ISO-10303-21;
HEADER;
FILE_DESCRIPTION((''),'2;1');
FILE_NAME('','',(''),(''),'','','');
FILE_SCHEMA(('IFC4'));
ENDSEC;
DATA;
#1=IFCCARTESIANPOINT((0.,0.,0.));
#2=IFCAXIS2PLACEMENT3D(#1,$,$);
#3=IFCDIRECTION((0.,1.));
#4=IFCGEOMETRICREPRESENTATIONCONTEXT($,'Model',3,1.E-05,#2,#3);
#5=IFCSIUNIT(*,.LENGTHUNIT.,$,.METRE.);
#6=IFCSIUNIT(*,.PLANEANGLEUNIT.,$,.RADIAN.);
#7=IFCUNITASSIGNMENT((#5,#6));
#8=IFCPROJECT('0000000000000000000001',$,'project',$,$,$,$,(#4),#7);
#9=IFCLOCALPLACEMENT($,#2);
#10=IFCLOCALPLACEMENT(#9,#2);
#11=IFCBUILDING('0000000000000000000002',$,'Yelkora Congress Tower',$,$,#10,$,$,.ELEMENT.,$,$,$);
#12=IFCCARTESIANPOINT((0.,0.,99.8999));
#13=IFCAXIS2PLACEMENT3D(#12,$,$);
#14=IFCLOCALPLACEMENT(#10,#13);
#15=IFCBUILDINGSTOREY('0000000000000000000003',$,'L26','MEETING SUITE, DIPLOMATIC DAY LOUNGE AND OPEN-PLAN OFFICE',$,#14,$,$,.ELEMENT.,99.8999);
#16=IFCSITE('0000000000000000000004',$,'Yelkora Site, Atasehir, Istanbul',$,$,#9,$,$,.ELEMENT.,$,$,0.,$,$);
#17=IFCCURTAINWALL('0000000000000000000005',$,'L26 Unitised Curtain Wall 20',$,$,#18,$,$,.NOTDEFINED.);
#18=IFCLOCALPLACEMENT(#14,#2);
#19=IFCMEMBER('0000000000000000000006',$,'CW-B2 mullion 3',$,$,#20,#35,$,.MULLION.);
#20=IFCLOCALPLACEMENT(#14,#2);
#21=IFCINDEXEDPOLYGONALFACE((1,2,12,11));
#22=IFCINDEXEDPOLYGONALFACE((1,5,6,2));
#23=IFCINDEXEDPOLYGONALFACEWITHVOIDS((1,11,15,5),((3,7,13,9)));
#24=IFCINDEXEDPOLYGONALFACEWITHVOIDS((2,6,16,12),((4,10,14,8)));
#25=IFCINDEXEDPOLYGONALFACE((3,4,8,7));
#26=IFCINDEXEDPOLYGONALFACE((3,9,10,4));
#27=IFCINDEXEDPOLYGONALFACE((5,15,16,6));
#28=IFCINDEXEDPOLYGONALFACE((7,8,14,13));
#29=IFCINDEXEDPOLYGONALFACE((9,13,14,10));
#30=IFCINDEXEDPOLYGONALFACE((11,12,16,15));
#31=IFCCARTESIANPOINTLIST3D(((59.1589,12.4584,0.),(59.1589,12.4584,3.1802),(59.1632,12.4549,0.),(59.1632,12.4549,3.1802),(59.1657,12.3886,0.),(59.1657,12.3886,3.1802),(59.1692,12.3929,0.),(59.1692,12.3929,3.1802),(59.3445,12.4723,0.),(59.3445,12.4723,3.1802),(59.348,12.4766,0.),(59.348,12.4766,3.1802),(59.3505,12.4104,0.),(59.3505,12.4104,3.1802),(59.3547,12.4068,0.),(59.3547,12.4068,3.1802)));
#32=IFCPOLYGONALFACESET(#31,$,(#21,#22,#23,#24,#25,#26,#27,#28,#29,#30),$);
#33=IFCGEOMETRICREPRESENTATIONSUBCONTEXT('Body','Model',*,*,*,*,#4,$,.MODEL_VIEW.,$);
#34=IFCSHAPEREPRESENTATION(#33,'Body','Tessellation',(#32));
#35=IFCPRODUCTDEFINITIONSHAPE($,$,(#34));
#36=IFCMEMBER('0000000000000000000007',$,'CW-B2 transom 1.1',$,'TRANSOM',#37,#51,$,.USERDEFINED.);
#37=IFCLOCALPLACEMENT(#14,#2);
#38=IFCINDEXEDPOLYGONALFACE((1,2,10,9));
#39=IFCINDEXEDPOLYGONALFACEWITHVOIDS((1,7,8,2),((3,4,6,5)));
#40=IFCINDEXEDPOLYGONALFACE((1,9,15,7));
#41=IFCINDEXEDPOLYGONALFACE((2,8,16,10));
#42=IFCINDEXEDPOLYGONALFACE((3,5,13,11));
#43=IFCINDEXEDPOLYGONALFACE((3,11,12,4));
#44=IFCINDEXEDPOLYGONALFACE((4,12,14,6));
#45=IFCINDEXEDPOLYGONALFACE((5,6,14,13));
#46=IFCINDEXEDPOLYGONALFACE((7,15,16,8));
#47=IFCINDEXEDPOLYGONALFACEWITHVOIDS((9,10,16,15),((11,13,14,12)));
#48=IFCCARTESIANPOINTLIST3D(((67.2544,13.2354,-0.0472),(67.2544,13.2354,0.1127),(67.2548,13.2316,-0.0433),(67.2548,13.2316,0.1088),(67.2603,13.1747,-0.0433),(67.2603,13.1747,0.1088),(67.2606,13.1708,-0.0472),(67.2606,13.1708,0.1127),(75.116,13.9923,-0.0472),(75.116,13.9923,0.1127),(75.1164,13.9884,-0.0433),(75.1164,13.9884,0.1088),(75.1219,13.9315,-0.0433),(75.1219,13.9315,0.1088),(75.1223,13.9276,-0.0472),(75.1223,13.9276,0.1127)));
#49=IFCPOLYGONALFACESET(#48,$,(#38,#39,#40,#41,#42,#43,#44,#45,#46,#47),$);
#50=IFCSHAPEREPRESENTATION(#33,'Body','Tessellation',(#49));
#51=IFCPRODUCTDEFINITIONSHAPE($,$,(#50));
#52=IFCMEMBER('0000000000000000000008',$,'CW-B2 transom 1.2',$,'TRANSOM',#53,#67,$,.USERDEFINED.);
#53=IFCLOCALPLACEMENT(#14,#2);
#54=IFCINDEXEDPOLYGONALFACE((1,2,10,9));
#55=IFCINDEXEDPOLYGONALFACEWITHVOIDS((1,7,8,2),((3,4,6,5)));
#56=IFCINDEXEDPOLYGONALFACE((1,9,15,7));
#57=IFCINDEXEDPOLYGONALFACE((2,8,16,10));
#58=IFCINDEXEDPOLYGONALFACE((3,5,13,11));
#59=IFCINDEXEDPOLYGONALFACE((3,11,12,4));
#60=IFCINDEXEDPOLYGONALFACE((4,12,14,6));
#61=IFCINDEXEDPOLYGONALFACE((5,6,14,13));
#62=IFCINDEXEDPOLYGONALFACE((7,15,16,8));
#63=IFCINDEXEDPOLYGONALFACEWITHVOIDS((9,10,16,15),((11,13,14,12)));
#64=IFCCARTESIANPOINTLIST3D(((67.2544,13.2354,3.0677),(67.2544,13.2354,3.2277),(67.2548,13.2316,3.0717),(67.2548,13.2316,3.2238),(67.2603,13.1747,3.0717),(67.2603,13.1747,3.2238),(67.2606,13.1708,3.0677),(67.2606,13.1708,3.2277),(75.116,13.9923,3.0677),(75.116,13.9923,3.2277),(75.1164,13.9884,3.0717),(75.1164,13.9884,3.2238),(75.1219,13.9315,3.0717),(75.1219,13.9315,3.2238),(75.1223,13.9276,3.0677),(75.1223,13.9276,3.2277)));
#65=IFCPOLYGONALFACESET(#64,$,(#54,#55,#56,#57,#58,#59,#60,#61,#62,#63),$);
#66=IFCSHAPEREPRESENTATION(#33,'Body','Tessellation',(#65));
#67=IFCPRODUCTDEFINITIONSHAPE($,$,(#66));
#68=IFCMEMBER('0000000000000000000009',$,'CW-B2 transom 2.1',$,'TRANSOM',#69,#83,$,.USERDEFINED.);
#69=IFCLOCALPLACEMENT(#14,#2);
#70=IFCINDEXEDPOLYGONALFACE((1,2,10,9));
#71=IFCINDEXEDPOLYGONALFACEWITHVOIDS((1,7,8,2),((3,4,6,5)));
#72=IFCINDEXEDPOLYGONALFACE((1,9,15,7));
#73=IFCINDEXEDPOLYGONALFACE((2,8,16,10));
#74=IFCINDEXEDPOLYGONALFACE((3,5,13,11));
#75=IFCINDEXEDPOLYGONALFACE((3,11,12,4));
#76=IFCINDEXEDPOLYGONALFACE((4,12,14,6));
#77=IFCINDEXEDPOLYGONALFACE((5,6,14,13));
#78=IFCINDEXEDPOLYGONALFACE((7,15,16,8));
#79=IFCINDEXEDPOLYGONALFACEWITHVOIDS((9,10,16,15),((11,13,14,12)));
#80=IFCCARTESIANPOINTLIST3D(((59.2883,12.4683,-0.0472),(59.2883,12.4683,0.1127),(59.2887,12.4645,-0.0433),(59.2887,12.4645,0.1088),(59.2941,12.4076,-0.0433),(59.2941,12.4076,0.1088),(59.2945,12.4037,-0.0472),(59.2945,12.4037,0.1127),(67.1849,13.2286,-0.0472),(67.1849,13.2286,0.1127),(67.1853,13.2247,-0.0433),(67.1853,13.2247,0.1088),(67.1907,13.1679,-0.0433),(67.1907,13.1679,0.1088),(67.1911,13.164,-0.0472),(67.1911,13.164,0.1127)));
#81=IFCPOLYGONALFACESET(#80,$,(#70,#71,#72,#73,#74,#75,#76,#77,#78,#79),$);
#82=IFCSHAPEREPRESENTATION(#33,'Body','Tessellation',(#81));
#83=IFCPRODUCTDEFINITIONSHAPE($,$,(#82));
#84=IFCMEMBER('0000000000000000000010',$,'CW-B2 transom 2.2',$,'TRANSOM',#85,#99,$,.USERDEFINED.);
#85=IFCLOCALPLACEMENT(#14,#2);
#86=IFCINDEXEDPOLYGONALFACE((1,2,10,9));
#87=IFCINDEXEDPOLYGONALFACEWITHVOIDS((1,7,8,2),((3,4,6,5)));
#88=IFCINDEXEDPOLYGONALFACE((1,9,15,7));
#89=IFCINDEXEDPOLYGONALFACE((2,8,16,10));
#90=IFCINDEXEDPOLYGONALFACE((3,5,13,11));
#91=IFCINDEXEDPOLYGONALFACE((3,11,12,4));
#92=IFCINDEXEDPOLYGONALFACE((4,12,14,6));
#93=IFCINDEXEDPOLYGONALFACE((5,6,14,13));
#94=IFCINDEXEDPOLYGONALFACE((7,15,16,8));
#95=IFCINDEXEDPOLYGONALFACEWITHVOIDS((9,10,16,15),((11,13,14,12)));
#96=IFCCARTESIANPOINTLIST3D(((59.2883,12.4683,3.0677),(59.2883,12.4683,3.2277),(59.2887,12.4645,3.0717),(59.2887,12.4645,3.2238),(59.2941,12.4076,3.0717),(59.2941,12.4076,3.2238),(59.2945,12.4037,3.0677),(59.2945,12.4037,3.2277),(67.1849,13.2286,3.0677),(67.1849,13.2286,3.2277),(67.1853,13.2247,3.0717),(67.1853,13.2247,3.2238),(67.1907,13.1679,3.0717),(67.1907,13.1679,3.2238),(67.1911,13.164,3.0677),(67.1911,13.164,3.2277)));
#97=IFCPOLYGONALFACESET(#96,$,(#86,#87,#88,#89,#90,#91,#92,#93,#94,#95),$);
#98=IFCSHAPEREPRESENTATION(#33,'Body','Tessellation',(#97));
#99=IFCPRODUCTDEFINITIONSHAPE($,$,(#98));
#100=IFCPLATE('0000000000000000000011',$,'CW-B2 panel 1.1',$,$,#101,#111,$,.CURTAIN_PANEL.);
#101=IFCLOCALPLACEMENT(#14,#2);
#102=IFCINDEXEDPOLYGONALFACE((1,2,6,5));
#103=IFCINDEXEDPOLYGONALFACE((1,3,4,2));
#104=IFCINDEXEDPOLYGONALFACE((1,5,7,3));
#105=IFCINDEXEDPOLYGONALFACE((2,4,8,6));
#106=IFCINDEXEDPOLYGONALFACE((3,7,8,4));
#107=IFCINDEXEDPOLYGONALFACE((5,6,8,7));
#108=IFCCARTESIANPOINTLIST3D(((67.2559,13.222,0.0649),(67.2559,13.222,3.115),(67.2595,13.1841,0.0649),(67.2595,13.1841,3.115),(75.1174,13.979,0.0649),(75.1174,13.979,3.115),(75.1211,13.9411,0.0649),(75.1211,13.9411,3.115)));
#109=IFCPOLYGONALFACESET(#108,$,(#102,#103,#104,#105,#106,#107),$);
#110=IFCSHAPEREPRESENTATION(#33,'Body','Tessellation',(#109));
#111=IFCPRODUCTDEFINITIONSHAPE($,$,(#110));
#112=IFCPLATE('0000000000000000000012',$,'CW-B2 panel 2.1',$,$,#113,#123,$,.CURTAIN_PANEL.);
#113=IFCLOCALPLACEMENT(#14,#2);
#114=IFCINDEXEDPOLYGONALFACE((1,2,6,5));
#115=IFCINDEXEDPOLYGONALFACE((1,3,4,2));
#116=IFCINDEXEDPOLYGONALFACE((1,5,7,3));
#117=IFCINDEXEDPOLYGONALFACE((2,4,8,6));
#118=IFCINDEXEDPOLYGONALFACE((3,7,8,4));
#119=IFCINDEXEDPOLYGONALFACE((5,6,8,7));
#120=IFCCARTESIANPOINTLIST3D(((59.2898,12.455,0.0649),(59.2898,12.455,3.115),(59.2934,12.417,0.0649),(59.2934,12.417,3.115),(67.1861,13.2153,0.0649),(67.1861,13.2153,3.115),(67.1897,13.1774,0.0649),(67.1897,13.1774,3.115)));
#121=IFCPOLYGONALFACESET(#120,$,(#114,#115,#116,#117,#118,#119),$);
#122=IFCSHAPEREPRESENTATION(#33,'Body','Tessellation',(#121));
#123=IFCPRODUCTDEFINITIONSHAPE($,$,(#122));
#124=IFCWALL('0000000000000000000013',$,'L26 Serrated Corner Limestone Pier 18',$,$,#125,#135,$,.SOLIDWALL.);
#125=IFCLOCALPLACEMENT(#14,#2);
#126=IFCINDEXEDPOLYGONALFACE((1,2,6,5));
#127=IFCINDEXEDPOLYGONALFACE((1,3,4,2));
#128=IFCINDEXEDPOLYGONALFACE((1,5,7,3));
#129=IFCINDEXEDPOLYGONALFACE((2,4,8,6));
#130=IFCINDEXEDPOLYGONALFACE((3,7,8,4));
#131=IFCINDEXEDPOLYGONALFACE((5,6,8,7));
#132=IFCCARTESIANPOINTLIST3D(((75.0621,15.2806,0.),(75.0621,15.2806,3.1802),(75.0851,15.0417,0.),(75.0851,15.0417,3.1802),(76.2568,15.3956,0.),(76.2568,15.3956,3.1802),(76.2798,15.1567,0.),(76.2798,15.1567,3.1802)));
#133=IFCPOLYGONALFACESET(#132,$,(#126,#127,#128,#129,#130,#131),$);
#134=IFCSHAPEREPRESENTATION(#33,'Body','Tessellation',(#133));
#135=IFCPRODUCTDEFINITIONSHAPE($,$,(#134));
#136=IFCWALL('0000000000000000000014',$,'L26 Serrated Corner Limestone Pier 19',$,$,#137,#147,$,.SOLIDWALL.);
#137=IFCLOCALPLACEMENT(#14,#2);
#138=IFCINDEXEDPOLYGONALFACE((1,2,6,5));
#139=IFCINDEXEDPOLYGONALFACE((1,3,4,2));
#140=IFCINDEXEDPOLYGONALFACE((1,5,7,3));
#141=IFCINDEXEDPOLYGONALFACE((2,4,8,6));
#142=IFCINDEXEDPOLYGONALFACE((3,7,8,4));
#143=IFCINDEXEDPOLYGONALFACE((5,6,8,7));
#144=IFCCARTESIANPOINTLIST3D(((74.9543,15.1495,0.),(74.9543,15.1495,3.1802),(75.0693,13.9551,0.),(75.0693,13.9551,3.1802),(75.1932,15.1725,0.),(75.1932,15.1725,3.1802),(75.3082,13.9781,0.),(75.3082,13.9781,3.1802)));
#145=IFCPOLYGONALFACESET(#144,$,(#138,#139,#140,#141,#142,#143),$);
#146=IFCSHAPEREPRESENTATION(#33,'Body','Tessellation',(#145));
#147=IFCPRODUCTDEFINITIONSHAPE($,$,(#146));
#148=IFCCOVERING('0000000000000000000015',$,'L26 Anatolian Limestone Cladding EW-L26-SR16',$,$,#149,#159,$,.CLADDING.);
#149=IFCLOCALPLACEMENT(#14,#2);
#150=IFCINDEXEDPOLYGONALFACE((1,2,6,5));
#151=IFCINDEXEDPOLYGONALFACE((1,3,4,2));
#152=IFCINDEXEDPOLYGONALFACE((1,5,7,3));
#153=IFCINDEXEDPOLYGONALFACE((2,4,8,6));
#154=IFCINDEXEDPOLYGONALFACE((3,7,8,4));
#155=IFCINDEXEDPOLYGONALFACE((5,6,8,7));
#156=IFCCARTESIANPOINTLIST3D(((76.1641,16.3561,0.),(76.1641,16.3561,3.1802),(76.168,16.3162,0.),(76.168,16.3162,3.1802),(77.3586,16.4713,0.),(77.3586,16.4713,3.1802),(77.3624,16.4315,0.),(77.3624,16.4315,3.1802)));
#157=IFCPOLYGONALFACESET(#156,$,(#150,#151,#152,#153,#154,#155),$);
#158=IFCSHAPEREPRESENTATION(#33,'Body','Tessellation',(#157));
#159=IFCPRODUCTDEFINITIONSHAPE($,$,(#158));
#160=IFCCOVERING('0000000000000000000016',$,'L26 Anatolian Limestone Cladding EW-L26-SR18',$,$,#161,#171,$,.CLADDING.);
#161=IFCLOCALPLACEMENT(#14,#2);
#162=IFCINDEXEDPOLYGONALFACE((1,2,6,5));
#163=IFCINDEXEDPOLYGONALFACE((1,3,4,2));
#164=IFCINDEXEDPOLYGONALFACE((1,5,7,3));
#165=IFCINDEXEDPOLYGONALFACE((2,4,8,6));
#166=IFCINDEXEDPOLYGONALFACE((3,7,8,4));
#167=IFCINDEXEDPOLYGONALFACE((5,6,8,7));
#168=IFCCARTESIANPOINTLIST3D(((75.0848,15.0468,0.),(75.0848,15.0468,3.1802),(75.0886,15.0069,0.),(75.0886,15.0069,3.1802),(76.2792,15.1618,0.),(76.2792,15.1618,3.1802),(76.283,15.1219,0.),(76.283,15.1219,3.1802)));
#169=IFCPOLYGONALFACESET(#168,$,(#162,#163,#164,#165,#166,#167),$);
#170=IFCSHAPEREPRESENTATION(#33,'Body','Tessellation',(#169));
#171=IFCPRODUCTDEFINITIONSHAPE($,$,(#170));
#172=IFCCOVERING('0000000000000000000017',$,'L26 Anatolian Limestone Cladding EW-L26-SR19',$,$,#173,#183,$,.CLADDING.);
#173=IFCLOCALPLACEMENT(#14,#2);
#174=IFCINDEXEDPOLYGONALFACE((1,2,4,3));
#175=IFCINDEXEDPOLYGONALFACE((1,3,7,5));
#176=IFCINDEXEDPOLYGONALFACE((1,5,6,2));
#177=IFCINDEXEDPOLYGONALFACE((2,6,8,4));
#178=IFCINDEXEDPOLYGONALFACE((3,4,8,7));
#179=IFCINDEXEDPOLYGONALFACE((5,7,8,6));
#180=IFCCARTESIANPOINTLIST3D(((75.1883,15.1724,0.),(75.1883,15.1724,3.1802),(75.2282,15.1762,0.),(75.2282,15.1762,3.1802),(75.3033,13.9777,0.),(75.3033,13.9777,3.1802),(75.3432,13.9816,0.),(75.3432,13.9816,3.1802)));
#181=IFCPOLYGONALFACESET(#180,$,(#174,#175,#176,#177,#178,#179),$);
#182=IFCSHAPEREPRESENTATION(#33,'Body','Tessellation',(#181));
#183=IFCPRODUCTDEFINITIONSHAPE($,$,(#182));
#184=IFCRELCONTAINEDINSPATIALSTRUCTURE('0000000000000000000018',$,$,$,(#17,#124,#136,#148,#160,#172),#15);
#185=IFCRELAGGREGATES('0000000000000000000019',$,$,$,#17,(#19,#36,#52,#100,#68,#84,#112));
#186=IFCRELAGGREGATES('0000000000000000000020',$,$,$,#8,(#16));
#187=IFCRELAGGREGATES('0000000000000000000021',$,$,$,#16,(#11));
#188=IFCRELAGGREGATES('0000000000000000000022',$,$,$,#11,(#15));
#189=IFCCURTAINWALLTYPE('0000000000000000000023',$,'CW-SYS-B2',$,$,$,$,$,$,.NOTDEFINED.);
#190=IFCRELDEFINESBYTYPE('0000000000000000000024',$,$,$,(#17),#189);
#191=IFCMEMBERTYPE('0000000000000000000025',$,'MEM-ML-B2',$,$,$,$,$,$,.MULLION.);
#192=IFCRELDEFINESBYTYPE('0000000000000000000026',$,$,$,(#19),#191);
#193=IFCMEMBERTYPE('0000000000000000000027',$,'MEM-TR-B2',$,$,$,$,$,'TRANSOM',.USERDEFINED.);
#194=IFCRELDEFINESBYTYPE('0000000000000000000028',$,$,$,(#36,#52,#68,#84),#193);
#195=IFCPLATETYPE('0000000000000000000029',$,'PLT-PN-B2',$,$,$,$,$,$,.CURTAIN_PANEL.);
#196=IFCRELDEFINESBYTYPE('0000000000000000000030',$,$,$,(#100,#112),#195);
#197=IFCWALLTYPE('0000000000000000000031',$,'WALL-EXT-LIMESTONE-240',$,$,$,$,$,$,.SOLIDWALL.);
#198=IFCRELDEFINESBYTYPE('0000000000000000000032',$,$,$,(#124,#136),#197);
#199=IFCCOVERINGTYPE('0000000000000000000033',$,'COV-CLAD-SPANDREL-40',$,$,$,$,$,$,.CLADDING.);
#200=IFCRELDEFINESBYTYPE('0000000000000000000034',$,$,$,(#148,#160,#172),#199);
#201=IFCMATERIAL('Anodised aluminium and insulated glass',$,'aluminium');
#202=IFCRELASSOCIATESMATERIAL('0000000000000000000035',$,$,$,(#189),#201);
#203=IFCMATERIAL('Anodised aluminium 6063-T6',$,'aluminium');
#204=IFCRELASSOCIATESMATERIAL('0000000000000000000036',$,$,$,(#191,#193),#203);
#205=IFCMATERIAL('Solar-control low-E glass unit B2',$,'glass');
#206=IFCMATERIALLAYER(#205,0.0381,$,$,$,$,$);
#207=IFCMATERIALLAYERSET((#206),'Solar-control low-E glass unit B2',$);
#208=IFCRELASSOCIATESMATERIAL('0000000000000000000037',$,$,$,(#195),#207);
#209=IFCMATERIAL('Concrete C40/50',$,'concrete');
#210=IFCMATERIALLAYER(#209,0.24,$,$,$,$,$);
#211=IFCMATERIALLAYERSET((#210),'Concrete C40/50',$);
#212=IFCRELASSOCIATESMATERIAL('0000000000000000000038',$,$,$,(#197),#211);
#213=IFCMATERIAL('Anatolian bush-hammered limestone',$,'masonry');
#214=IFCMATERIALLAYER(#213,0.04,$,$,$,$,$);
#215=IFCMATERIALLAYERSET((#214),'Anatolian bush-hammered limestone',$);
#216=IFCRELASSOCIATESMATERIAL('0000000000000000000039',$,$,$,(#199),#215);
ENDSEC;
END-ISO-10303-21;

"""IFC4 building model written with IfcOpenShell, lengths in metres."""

from ifc_helpers import new_model, si_unit, direction, frame, frame_2d, origin, origin_2d, place, context, subcontext, project, spatial, rectangle, hollow_rectangle, extrude, material, layer, layer_set, material_profile, profile_set, type_object, element, aggregate, save


model = new_model("IFC4")

# Units and contexts
model_context = context("Model", 3, precision=1e-05, world=origin(), true_north=direction((0.0, 1.0)))
body_context = subcontext(model_context, "Body", "Model", "MODEL_VIEW")
ifc_project = project(units=[si_unit("LENGTHUNIT", "METRE"), si_unit("PLANEANGLEUNIT", "RADIAN")], contexts=[model_context])

# Site, building, storey
site_placement = place(None, origin())
site = spatial("IfcSite", under=ifc_project, at=site_placement, Name="Yelkora Site, Atasehir, Istanbul", CompositionType="ELEMENT", RefElevation=0.0)
building_placement = place(site_placement, origin())
building = spatial("IfcBuilding", under=site, at=building_placement, Name="Yelkora Congress Tower", CompositionType="ELEMENT")
storey_placement = place(building_placement, frame((0.0, 0.0, 99.8999)))
storey = spatial("IfcBuildingStorey", under=building, at=storey_placement, Name="L26", Description="MEETING SUITE, DIPLOMATIC DAY LOUNGE AND OPEN-PLAN OFFICE", CompositionType="ELEMENT", Elevation=99.8999)

# Curtain wall, members, plates
ifc_material_1 = material(Name="Anodised aluminium and insulated glass", Category="aluminium")
curtain_wall_type = type_object("IfcCurtainWallType", Name="CW-SYS-B2", PredefinedType="NOTDEFINED", material=ifc_material_1)
curtain_wall_placement = place(storey_placement, origin())
curtain_wall = element("IfcCurtainWall", 1, at=curtain_wall_placement, inside=storey, type_object=curtain_wall_type, Name="L26 Unitised Curtain Wall 20", PredefinedType="NOTDEFINED")
ifc_material_2 = material(Name="Anodised aluminium 6063-T6", Category="aluminium")
ifc_material_profile_1 = material_profile(ifc_material_2, hollow_rectangle(XDim=0.0701, YDim=0.1899, WallThickness=0.0039, at=origin_2d()), Name="ALU 70x190x4")
ifc_profile_set_1 = profile_set([ifc_material_profile_1], Name="Anodised aluminium 6063-T6")
member_type_1 = type_object("IfcMemberType", Name="MEM-ML-B2", PredefinedType="MULLION", material=ifc_profile_set_1)
member_1_placement = place(storey_placement, frame((59.2568, 12.4326, 0.0), z_axis=(0.0, 0.0, 1.0), x_axis=(0.095844, -0.995396, 0.0)))
member_1 = element("IfcMember", 2, at=member_1_placement, type_object=member_type_1, Name="CW-B2 mullion 3", PredefinedType="MULLION", context=body_context, shape_type="SweptSolid", body=[
    extrude(hollow_rectangle(XDim=0.0701, YDim=0.1899, WallThickness=0.0039, at=origin_2d()), origin(), (0.0, 0.0, 1.0), 3.1802),
])
ifc_material_profile_2 = material_profile(ifc_material_2, hollow_rectangle(XDim=0.0649, YDim=0.1599, WallThickness=0.0039, at=origin_2d()), Name="ALU 65x160x4")
ifc_profile_set_2 = profile_set([ifc_material_profile_2], Name="Anodised aluminium 6063-T6")
member_type_2 = type_object("IfcMemberType", Name="MEM-TR-B2", ElementType="TRANSOM", PredefinedType="USERDEFINED", material=ifc_profile_set_2)
member_2_placement = place(storey_placement, frame((75.1191, 13.96, 0.0327), z_axis=(-0.995398, -0.095827, 0.0), x_axis=(0.095827, -0.995398, 0.0)))
member_2 = element("IfcMember", 3, at=member_2_placement, type_object=member_type_2, Name="CW-B2 transom 1.1", ObjectType="TRANSOM", PredefinedType="USERDEFINED", context=body_context, shape_type="SweptSolid", body=[
    extrude(hollow_rectangle(XDim=0.0649, YDim=0.1599, WallThickness=0.0039, at=origin_2d()), origin(), (0.0, 0.0, 1.0), 7.8979),
])
member_3_placement = place(storey_placement, frame((75.1191, 13.96, 3.1477), z_axis=(-0.995398, -0.095827, 0.0), x_axis=(0.095827, -0.995398, 0.0)))
member_3 = element("IfcMember", 4, at=member_3_placement, type_object=member_type_2, Name="CW-B2 transom 1.2", ObjectType="TRANSOM", PredefinedType="USERDEFINED", context=body_context, shape_type="SweptSolid", body=[
    extrude(hollow_rectangle(XDim=0.0649, YDim=0.1599, WallThickness=0.0039, at=origin_2d()), origin(), (0.0, 0.0, 1.0), 7.8979),
])
member_4_placement = place(storey_placement, frame((67.188, 13.1963, 0.0327), z_axis=(-0.995397, -0.095834, 0.0), x_axis=(0.095834, -0.995397, 0.0)))
member_4 = element("IfcMember", 5, at=member_4_placement, type_object=member_type_2, Name="CW-B2 transom 2.1", ObjectType="TRANSOM", PredefinedType="USERDEFINED", context=body_context, shape_type="SweptSolid", body=[
    extrude(hollow_rectangle(XDim=0.0649, YDim=0.1599, WallThickness=0.0039, at=origin_2d()), origin(), (0.0, 0.0, 1.0), 7.9331),
])
member_5_placement = place(storey_placement, frame((67.188, 13.1963, 3.1477), z_axis=(-0.995397, -0.095834, 0.0), x_axis=(0.095834, -0.995397, 0.0)))
member_5 = element("IfcMember", 6, at=member_5_placement, type_object=member_type_2, Name="CW-B2 transom 2.2", ObjectType="TRANSOM", PredefinedType="USERDEFINED", context=body_context, shape_type="SweptSolid", body=[
    extrude(hollow_rectangle(XDim=0.0649, YDim=0.1599, WallThickness=0.0039, at=origin_2d()), origin(), (0.0, 0.0, 1.0), 7.9331),
])
ifc_material_3 = material(Name="Solar-control low-E glass unit B2", Category="glass")
ifc_layer_1 = layer(ifc_material_3, 0.0381)
ifc_layer_set_1 = layer_set([ifc_layer_1], Name="Solar-control low-E glass unit B2")
plate_type = type_object("IfcPlateType", Name="PLT-PN-B2", PredefinedType="CURTAIN_PANEL", material=ifc_layer_set_1)
plate_1_placement = place(storey_placement, frame((71.1885, 13.5815, 0.0649), z_axis=(0.0, 0.0, 1.0), x_axis=(-0.995396, -0.095844, 0.0)))
plate_1 = element("IfcPlate", 7, at=plate_1_placement, type_object=plate_type, Name="CW-B2 panel 1.1", PredefinedType="CURTAIN_PANEL", context=body_context, shape_type="SweptSolid", body=[
    extrude(rectangle(XDim=7.8979, YDim=0.0381, at=origin_2d()), origin(), (0.0, 0.0, 1.0), 3.05),
])
plate_2_placement = place(storey_placement, frame((63.2397, 12.8162, 0.0649), z_axis=(0.0, 0.0, 1.0), x_axis=(-0.995396, -0.095844, 0.0)))
plate_2 = element("IfcPlate", 8, at=plate_2_placement, type_object=plate_type, Name="CW-B2 panel 2.1", PredefinedType="CURTAIN_PANEL", context=body_context, shape_type="SweptSolid", body=[
    extrude(rectangle(XDim=7.9329, YDim=0.0381, at=origin_2d()), origin(), (0.0, 0.0, 1.0), 3.05),
])
aggregate(curtain_wall, [member_1, member_2, member_3, plate_1, member_4, member_5, plate_2])

# Walls
ifc_material_4 = material(Name="Concrete C40/50", Category="concrete")
ifc_layer_2 = layer(ifc_material_4, 0.24)
ifc_layer_set_2 = layer_set([ifc_layer_2], Name="Concrete C40/50")
wall_type = type_object("IfcWallType", Name="WALL-EXT-LIMESTONE-240", PredefinedType="SOLIDWALL", material=ifc_layer_set_2)
wall_1_placement = place(storey_placement, frame((76.2683, 15.2761, 0.0), z_axis=(0.0, 0.0, 1.0), x_axis=(-0.995399, -0.095817, 0.0)))
element("IfcWall", 9, at=wall_1_placement, inside=storey, type_object=wall_type, Name="L26 Serrated Corner Limestone Pier 18", PredefinedType="SOLIDWALL", context=body_context, shape_type="SweptSolid", body=[
    extrude(rectangle(XDim=1.2002, YDim=0.24, at=frame_2d((0.6001, 0.0))), origin(), (0.0, 0.0, 1.0), 3.1802),
])
wall_2_placement = place(storey_placement, frame((75.0737, 15.1611, 0.0), z_axis=(0.0, 0.0, 1.0), x_axis=(0.095836, -0.995397, 0.0)))
element("IfcWall", 10, at=wall_2_placement, inside=storey, type_object=wall_type, Name="L26 Serrated Corner Limestone Pier 19", PredefinedType="SOLIDWALL", context=body_context, shape_type="SweptSolid", body=[
    extrude(rectangle(XDim=1.2, YDim=0.24, at=frame_2d((0.6001, 0.0))), origin(), (0.0, 0.0, 1.0), 3.1802),
])

# Coverings
ifc_material_5 = material(Name="Anatolian bush-hammered limestone", Category="masonry")
ifc_layer_3 = layer(ifc_material_5, 0.04)
ifc_layer_set_3 = layer_set([ifc_layer_3], Name="Anatolian bush-hammered limestone")
covering_type = type_object("IfcCoveringType", Name="COV-CLAD-SPANDREL-40", PredefinedType="CLADDING", material=ifc_layer_set_3)
for number, where, z_axis, x_axis, name in (
    (11, (77.3606, 16.4514, 0.0), (0.0, 0.0, 1.0), (-0.995378, -0.096038, 0.0), "L26 Anatolian Limestone Cladding EW-L26-SR16"),
    (12, (76.2812, 15.1418, 0.0), (0.0, 0.0, 1.0), (-0.995397, -0.095836, 0.0), "L26 Anatolian Limestone Cladding EW-L26-SR18"),
):
    element("IfcCovering", number, at=place(storey_placement, frame(where, z_axis=z_axis, x_axis=x_axis)), inside=storey, type_object=covering_type, Name=name, PredefinedType="CLADDING", context=body_context, shape_type="SweptSolid", body=[
        extrude(rectangle(XDim=1.2, YDim=0.04, at=frame_2d((0.6001, 0.0))), origin(), (0.0, 0.0, 1.0), 3.1802),
    ])
covering_placement = place(storey_placement, frame((75.2083, 15.1743, 0.0), z_axis=(0.0, 0.0, 1.0), x_axis=(0.095817, -0.995399, 0.0)))
element("IfcCovering", 13, at=covering_placement, inside=storey, type_object=covering_type, Name="L26 Anatolian Limestone Cladding EW-L26-SR19", PredefinedType="CLADDING", context=body_context, shape_type="SweptSolid", body=[
    extrude(rectangle(XDim=1.2002, YDim=0.04, at=frame_2d((0.6001, 0.0))), origin(), (0.0, 0.0, 1.0), 3.1802),
])

save(model, "model.ifc")
